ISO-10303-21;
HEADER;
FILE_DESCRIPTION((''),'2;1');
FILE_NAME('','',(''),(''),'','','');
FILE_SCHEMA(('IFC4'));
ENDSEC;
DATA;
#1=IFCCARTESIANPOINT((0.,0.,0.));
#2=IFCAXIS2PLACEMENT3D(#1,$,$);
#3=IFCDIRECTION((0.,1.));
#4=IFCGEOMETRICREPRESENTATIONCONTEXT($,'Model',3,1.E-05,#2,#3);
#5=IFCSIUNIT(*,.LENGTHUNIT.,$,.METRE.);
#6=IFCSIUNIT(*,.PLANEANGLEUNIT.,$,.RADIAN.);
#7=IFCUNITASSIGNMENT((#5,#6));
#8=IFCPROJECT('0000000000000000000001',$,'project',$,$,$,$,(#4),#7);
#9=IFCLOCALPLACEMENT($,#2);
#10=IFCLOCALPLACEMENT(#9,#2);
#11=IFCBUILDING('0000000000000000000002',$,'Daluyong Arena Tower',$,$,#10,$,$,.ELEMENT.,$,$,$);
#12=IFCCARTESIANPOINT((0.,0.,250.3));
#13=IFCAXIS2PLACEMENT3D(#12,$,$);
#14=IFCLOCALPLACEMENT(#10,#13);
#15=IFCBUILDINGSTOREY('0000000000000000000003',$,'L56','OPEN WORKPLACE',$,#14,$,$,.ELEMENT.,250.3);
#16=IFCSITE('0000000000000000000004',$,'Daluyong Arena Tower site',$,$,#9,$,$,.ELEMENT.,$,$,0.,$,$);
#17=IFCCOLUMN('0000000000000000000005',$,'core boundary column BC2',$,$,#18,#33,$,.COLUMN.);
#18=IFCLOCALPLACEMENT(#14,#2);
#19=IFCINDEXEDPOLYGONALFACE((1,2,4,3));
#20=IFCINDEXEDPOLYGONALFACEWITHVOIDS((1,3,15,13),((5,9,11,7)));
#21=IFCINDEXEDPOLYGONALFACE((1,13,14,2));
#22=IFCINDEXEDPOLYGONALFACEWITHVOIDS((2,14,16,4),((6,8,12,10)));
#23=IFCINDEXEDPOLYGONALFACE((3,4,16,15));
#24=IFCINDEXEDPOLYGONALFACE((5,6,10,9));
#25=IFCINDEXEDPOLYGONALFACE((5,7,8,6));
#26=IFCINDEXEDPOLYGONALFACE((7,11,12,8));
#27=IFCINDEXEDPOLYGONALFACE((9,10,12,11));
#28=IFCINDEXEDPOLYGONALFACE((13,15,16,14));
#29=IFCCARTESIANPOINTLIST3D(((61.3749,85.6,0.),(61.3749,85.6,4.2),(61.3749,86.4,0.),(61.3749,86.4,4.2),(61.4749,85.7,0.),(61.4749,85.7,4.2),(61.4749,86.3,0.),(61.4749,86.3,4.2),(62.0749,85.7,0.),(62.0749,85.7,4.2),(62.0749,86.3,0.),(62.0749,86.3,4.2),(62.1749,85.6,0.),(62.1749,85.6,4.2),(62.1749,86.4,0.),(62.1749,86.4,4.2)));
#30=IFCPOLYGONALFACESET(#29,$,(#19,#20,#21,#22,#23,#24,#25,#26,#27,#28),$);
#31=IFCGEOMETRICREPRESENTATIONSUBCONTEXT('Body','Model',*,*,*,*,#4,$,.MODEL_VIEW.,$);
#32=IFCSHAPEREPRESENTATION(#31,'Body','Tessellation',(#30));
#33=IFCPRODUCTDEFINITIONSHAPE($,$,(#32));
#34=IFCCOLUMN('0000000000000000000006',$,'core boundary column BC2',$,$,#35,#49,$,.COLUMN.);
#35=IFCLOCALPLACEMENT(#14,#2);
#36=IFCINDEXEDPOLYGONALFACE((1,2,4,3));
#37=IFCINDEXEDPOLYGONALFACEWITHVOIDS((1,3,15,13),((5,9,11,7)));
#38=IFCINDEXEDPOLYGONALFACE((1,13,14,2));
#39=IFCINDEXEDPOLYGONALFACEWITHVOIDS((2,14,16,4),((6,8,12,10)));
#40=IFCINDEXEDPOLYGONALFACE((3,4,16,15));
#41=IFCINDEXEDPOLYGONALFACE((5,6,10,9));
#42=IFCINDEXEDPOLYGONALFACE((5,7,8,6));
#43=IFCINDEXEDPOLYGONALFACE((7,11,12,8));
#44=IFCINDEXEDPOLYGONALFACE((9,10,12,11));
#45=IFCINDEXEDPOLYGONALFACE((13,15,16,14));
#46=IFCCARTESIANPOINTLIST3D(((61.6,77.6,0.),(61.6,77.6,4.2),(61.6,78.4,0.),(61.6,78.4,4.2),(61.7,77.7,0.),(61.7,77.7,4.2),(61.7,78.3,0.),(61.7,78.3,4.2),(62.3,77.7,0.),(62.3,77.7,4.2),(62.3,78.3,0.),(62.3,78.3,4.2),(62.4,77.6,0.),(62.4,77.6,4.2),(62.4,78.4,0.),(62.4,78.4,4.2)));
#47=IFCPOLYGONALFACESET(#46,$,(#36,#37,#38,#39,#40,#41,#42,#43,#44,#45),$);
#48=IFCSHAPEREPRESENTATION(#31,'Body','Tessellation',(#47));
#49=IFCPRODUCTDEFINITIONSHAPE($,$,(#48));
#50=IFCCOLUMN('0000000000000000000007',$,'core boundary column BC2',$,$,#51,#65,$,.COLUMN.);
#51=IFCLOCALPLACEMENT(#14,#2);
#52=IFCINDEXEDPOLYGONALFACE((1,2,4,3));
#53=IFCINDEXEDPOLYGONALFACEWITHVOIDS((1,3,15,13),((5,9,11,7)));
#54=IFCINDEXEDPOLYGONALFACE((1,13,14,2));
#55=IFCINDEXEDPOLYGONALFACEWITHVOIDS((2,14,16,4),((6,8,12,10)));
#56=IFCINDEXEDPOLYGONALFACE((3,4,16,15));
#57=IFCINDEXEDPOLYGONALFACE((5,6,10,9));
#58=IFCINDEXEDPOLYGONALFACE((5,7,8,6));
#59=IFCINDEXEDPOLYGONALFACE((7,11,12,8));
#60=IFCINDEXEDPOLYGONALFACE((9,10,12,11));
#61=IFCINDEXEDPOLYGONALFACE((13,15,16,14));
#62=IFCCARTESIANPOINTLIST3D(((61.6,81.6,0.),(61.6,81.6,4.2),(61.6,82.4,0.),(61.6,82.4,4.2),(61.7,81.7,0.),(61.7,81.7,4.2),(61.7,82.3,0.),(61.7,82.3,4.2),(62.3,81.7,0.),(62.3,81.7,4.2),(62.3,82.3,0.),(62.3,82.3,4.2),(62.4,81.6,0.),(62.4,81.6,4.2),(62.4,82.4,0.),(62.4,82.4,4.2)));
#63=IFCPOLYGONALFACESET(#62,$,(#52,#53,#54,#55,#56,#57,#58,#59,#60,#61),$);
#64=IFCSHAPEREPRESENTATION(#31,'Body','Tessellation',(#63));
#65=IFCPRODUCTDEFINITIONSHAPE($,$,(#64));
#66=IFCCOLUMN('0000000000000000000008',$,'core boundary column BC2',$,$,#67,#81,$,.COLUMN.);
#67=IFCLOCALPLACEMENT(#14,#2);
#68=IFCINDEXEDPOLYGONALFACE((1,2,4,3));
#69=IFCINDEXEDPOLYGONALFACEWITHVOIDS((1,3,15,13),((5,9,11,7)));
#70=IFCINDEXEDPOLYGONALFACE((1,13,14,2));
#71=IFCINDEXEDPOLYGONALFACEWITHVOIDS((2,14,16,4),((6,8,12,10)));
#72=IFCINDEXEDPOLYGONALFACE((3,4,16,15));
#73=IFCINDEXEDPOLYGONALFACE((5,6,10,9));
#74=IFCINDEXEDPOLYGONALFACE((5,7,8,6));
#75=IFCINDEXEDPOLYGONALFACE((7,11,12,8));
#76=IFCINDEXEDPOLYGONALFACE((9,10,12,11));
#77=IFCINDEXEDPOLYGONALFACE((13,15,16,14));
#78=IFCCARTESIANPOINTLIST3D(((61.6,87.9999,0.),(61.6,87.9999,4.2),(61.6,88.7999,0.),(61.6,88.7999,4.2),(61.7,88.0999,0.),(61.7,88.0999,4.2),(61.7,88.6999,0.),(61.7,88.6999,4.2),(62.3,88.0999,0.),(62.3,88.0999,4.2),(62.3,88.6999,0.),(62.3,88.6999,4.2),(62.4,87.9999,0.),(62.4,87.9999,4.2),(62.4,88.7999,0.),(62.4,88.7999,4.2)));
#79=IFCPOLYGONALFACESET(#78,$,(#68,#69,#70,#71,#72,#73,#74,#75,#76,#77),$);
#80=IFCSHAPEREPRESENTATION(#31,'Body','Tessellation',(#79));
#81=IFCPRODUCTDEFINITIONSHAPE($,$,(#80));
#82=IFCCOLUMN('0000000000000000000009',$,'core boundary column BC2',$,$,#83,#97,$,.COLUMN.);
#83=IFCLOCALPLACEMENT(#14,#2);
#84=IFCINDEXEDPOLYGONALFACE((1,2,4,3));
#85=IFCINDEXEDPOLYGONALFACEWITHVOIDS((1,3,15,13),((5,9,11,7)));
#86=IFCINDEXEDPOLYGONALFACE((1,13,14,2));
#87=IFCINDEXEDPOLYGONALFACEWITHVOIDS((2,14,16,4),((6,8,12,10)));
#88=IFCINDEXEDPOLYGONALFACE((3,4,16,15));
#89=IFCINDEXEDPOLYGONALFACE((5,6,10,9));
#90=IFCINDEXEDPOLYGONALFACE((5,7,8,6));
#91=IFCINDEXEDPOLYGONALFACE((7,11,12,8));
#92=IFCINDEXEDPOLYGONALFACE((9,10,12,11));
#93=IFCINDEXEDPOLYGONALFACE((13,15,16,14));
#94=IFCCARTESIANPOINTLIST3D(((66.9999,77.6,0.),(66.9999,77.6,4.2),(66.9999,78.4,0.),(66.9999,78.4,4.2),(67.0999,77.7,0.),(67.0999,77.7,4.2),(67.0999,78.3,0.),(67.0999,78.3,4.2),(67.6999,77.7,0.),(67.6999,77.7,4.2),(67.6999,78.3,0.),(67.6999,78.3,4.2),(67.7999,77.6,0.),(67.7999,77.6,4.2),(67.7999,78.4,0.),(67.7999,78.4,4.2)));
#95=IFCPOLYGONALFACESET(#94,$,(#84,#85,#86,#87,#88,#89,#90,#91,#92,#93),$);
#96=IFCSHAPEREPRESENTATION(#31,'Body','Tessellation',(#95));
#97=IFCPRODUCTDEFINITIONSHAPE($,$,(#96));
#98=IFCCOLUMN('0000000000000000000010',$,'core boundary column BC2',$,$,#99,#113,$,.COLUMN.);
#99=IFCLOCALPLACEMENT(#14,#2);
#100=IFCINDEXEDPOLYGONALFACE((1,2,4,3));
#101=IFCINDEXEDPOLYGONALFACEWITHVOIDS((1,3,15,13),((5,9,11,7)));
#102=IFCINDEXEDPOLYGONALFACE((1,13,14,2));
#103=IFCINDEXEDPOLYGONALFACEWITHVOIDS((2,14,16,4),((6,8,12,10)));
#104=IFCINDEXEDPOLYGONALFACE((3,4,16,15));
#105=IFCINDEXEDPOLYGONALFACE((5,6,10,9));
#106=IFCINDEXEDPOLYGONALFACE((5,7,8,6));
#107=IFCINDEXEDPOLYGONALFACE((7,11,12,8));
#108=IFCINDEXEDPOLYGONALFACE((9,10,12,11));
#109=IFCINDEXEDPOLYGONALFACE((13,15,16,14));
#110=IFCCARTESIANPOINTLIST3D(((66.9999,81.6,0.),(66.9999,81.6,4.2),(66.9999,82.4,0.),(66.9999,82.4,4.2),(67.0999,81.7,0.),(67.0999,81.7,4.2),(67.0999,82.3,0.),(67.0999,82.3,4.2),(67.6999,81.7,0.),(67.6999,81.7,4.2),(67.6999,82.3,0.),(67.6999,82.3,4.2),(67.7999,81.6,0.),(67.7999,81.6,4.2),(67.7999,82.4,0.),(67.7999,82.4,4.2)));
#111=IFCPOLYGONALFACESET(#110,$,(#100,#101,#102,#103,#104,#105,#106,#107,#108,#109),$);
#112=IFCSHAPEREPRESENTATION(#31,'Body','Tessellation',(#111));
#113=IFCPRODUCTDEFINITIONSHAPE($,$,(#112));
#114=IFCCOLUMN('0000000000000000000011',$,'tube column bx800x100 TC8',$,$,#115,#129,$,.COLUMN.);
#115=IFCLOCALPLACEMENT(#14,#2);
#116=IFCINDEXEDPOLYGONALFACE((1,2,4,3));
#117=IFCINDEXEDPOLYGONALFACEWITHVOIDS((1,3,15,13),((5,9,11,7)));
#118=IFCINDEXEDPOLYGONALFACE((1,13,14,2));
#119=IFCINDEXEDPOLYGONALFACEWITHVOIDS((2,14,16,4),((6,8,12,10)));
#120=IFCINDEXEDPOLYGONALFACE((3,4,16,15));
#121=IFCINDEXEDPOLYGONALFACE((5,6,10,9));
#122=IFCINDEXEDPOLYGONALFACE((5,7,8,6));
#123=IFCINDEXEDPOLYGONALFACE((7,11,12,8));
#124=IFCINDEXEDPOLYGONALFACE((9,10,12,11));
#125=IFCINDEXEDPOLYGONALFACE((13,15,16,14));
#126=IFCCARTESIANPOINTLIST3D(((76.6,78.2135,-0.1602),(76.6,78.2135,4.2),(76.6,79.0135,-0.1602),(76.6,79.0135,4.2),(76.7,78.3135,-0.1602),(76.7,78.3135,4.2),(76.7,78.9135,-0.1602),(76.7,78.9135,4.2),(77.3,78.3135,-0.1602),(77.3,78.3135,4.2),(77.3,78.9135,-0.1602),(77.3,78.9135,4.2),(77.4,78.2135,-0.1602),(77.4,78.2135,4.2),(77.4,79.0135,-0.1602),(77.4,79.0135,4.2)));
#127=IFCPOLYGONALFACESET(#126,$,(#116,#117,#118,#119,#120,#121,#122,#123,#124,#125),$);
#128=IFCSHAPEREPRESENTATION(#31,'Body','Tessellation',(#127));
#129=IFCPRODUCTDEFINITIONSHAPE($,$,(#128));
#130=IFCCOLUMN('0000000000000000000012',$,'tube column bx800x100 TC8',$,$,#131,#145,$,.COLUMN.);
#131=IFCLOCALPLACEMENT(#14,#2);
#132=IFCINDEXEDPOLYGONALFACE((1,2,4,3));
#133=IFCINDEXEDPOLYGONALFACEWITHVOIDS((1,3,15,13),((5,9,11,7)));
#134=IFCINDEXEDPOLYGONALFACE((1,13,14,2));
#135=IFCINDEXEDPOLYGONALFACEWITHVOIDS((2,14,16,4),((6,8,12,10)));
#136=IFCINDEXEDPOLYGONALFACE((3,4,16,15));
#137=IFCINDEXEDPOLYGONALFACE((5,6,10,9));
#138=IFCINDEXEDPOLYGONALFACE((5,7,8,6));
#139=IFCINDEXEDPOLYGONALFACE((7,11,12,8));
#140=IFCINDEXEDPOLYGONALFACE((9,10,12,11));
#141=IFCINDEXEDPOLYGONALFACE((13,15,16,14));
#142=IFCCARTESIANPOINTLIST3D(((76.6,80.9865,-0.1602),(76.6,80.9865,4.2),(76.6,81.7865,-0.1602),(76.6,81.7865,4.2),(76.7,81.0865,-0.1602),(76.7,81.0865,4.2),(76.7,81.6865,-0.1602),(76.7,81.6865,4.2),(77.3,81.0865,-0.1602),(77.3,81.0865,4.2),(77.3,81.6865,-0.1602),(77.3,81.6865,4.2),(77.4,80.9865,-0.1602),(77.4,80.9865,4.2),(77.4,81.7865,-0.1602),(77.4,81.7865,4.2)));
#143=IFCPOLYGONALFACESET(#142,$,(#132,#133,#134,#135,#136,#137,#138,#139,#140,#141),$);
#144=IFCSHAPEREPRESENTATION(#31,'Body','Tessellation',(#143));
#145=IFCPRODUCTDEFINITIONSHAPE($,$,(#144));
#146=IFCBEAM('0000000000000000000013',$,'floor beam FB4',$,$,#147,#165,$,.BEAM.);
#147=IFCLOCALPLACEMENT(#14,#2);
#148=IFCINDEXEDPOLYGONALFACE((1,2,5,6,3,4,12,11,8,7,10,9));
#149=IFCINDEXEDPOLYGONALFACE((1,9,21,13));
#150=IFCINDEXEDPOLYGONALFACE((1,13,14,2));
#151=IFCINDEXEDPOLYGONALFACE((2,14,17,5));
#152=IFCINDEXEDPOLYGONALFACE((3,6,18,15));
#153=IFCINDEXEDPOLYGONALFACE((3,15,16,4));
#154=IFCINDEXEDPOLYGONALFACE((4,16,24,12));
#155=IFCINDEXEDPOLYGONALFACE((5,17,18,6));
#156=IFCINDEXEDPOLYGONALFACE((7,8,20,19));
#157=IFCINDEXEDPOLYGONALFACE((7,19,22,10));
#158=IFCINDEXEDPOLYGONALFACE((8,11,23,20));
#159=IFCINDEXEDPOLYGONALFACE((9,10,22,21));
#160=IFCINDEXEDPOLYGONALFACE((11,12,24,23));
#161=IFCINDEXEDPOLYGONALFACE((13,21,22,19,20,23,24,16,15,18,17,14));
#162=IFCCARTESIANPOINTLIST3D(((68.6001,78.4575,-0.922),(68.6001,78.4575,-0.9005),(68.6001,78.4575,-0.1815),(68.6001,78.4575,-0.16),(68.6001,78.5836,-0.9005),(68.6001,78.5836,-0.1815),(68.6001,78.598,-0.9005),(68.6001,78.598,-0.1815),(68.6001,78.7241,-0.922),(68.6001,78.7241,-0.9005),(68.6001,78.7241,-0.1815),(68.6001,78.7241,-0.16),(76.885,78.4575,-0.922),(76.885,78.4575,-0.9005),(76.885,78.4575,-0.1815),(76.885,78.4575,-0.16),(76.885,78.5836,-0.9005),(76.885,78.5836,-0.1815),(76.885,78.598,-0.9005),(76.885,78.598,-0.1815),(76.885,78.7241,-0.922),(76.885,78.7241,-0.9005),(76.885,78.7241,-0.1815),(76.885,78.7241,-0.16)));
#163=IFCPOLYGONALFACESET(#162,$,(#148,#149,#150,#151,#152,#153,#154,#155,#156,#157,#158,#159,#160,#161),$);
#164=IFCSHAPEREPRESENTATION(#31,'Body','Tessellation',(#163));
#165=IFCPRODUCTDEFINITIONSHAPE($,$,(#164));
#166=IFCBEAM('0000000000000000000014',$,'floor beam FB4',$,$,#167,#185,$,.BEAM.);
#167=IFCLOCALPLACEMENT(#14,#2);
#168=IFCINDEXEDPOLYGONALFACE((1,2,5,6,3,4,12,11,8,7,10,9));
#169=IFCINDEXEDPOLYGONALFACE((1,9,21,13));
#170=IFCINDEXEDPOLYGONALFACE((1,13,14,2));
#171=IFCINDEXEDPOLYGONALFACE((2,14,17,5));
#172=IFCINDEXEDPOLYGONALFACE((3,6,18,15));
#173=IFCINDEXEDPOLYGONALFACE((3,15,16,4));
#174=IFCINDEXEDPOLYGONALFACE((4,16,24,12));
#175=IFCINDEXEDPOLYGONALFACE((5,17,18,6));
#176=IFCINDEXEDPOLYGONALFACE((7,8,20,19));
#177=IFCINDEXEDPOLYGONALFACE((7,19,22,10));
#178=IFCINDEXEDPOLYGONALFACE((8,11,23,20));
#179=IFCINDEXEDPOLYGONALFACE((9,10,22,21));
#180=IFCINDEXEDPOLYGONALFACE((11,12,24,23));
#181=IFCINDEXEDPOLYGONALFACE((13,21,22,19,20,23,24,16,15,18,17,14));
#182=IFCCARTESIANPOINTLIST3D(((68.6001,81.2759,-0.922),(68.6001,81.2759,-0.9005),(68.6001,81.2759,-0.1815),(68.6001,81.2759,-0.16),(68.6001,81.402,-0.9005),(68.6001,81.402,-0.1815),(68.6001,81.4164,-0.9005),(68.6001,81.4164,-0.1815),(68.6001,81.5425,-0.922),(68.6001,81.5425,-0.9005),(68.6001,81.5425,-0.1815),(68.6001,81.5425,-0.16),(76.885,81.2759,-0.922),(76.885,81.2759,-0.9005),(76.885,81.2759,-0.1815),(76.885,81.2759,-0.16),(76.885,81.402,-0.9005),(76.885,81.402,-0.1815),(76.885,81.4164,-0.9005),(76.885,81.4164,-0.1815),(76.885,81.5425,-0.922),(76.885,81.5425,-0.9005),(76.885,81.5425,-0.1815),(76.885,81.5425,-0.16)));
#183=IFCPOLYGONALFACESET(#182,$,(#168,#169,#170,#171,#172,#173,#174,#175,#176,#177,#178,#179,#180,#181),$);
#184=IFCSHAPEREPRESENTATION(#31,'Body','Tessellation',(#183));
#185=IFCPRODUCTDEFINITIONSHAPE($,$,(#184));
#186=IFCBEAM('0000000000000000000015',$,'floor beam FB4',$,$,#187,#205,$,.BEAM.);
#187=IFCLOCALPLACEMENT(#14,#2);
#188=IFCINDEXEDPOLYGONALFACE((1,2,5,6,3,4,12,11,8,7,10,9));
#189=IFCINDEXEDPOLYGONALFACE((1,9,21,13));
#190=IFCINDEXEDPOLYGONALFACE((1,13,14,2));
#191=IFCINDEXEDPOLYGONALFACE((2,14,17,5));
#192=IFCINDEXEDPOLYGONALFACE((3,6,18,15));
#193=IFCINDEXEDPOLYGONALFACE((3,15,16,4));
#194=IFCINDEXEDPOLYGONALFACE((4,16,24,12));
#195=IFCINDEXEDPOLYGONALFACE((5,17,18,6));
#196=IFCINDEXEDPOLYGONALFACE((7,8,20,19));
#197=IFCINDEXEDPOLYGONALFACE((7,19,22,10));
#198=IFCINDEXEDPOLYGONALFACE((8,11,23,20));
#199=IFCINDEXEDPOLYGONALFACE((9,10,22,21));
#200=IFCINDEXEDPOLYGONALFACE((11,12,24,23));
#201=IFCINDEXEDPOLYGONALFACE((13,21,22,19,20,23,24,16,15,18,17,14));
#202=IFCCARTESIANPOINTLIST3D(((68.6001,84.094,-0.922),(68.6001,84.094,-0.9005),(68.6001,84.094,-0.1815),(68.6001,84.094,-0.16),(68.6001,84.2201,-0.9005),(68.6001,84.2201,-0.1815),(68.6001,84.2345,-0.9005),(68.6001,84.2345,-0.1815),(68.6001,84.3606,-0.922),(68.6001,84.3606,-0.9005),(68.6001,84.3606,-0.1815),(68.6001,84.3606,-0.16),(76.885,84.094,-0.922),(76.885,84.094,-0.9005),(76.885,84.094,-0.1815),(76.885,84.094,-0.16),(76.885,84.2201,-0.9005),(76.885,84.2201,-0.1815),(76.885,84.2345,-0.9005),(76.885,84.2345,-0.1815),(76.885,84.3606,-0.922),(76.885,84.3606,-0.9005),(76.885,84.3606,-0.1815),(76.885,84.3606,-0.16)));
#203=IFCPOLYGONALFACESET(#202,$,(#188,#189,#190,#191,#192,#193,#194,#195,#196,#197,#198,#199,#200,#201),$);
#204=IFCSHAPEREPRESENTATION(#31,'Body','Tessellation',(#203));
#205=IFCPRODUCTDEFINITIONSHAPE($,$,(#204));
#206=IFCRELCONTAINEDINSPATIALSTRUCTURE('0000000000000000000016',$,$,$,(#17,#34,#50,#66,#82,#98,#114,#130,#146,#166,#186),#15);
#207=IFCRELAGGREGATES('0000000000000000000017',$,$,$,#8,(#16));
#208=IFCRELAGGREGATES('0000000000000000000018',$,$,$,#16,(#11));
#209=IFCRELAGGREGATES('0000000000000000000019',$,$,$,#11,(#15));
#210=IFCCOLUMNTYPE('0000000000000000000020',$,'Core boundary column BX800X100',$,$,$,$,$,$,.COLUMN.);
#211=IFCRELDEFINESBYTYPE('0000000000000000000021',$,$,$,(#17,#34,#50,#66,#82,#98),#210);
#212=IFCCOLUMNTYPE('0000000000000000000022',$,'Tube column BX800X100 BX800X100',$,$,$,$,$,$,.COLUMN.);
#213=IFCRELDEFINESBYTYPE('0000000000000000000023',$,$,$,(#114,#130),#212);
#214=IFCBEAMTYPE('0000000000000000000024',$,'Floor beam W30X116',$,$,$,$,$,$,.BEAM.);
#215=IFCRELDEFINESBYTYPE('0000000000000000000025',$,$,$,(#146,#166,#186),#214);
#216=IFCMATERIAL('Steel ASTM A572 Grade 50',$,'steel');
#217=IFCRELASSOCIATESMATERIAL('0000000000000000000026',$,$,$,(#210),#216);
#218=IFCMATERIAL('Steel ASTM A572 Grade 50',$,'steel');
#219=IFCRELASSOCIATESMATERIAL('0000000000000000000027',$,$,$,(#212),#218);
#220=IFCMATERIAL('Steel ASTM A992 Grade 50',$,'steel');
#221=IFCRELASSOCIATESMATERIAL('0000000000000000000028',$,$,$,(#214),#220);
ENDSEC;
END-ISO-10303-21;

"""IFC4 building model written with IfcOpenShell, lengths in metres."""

from ifc_helpers import new_model, si_unit, direction, frame, origin, origin_2d, place, context, subcontext, project, spatial, hollow_rectangle, i_section, extrude, material, material_profile, profile_set, type_object, element, save


model = new_model("IFC4")

# Units and contexts
model_context = context("Model", 3, precision=1e-05, world=origin(), true_north=direction((0.0, 1.0)))
body_context = subcontext(model_context, "Body", "Model", "MODEL_VIEW")
ifc_project = project(units=[si_unit("LENGTHUNIT", "METRE"), si_unit("PLANEANGLEUNIT", "RADIAN")], contexts=[model_context])

# Site, building, storey
site_placement = place(None, origin())
site = spatial("IfcSite", under=ifc_project, at=site_placement, Name="Daluyong Arena Tower site", CompositionType="ELEMENT", RefElevation=0.0)
building_placement = place(site_placement, origin())
building = spatial("IfcBuilding", under=site, at=building_placement, Name="Daluyong Arena Tower", CompositionType="ELEMENT")
storey_placement = place(building_placement, frame((0.0, 0.0, 250.3)))
storey = spatial("IfcBuildingStorey", under=building, at=storey_placement, Name="L56", Description="OPEN WORKPLACE", CompositionType="ELEMENT", Elevation=250.3)

# Columns
ifc_material_1 = material(Name="Steel ASTM A572 Grade 50", Category="steel")
ifc_material_profile_1 = material_profile(ifc_material_1, hollow_rectangle(XDim=0.8, YDim=0.8, WallThickness=0.1, at=origin_2d()))
ifc_profile_set_1 = profile_set([ifc_material_profile_1], Name="Steel ASTM A572 Grade 50")
column_type_1 = type_object("IfcColumnType", Name="Core boundary column BX800X100", PredefinedType="COLUMN", material=ifc_profile_set_1)
for number, where, z_axis, x_axis, name in (
    (1, (61.7749, 86.0, 0.0), (0.0, 0.0, 1.0), (1.0, 0.0, 0.0), "core boundary column BC2"),
    (2, (62.0, 78.0, 0.0), (0.0, 0.0, 1.0), (1.0, 0.0, 0.0), "core boundary column BC2"),
    (3, (62.0, 82.0, 0.0), (0.0, 0.0, 1.0), (1.0, 0.0, 0.0), "core boundary column BC2"),
    (4, (62.0, 88.3999, 0.0), (0.0, 0.0, 1.0), (1.0, 0.0, 0.0), "core boundary column BC2"),
    (5, (67.3999, 78.0, 0.0), (0.0, 0.0, 1.0), (1.0, 0.0, 0.0), "core boundary column BC2"),
    (6, (67.3999, 82.0, 0.0), (0.0, 0.0, 1.0), (1.0, 0.0, 0.0), "core boundary column BC2"),
):
    element("IfcColumn", number, at=place(storey_placement, frame(where, z_axis=z_axis, x_axis=x_axis)), inside=storey, type_object=column_type_1, Name=name, PredefinedType="COLUMN", context=body_context, shape_type="SweptSolid", body=[
        extrude(hollow_rectangle(XDim=0.8, YDim=0.8, WallThickness=0.1, at=origin_2d()), origin(), (0.0, 0.0, 1.0), 4.2),
    ])
ifc_material_2 = material(Name="Steel ASTM A572 Grade 50", Category="steel")
ifc_material_profile_2 = material_profile(ifc_material_2, hollow_rectangle(XDim=0.8, YDim=0.8, WallThickness=0.1, at=origin_2d()))
ifc_profile_set_2 = profile_set([ifc_material_profile_2], Name="Steel ASTM A572 Grade 50")
column_type_2 = type_object("IfcColumnType", Name="Tube column BX800X100 BX800X100", PredefinedType="COLUMN", material=ifc_profile_set_2)
for number, where, z_axis, x_axis, name in (
    (7, (77.0, 78.6135, -0.1602), (0.0, 0.0, 1.0), (0.0, 1.0, 0.0), "tube column bx800x100 TC8"),
    (8, (77.0, 81.3865, -0.1602), (0.0, 0.0, 1.0), (0.0, 1.0, 0.0), "tube column bx800x100 TC8"),
):
    element("IfcColumn", number, at=place(storey_placement, frame(where, z_axis=z_axis, x_axis=x_axis)), inside=storey, type_object=column_type_2, Name=name, PredefinedType="COLUMN", context=body_context, shape_type="SweptSolid", body=[
        extrude(hollow_rectangle(XDim=0.8, YDim=0.8, WallThickness=0.1, at=origin_2d()), origin(), (0.0, 0.0, 1.0), 4.3601),
    ])

# Beams
ifc_material_3 = material(Name="Steel ASTM A992 Grade 50", Category="steel")
ifc_material_profile_3 = material_profile(ifc_material_3, i_section(OverallWidth=0.2666, OverallDepth=0.762, WebThickness=0.0144, FlangeThickness=0.0215, at=origin_2d()))
ifc_profile_set_3 = profile_set([ifc_material_profile_3], Name="Steel ASTM A992 Grade 50")
beam_type_1 = type_object("IfcBeamType", Name="Floor beam W30X116", PredefinedType="BEAM", material=ifc_profile_set_3)
for number, where, z_axis, x_axis, name in (
    (9, (76.885, 78.5908, -0.541), (-1.0, 0.0, 0.0), (0.0, -1.0, 0.0), "floor beam FB4"),
    (10, (76.885, 81.4092, -0.541), (-1.0, 0.0, 0.0), (0.0, -1.0, 0.0), "floor beam FB4"),
    (11, (76.885, 84.2273, -0.541), (-1.0, 0.0, 0.0), (0.0, -1.0, 0.0), "floor beam FB4"),
):
    element("IfcBeam", number, at=place(storey_placement, frame(where, z_axis=z_axis, x_axis=x_axis)), inside=storey, type_object=beam_type_1, Name=name, PredefinedType="BEAM", context=body_context, shape_type="SweptSolid", body=[
        extrude(i_section(OverallWidth=0.2666, OverallDepth=0.762, WebThickness=0.0144, FlangeThickness=0.0215, at=origin_2d()), origin(), (0.0, 0.0, 1.0), 8.2849),
    ])

save(model, "model.ifc")
